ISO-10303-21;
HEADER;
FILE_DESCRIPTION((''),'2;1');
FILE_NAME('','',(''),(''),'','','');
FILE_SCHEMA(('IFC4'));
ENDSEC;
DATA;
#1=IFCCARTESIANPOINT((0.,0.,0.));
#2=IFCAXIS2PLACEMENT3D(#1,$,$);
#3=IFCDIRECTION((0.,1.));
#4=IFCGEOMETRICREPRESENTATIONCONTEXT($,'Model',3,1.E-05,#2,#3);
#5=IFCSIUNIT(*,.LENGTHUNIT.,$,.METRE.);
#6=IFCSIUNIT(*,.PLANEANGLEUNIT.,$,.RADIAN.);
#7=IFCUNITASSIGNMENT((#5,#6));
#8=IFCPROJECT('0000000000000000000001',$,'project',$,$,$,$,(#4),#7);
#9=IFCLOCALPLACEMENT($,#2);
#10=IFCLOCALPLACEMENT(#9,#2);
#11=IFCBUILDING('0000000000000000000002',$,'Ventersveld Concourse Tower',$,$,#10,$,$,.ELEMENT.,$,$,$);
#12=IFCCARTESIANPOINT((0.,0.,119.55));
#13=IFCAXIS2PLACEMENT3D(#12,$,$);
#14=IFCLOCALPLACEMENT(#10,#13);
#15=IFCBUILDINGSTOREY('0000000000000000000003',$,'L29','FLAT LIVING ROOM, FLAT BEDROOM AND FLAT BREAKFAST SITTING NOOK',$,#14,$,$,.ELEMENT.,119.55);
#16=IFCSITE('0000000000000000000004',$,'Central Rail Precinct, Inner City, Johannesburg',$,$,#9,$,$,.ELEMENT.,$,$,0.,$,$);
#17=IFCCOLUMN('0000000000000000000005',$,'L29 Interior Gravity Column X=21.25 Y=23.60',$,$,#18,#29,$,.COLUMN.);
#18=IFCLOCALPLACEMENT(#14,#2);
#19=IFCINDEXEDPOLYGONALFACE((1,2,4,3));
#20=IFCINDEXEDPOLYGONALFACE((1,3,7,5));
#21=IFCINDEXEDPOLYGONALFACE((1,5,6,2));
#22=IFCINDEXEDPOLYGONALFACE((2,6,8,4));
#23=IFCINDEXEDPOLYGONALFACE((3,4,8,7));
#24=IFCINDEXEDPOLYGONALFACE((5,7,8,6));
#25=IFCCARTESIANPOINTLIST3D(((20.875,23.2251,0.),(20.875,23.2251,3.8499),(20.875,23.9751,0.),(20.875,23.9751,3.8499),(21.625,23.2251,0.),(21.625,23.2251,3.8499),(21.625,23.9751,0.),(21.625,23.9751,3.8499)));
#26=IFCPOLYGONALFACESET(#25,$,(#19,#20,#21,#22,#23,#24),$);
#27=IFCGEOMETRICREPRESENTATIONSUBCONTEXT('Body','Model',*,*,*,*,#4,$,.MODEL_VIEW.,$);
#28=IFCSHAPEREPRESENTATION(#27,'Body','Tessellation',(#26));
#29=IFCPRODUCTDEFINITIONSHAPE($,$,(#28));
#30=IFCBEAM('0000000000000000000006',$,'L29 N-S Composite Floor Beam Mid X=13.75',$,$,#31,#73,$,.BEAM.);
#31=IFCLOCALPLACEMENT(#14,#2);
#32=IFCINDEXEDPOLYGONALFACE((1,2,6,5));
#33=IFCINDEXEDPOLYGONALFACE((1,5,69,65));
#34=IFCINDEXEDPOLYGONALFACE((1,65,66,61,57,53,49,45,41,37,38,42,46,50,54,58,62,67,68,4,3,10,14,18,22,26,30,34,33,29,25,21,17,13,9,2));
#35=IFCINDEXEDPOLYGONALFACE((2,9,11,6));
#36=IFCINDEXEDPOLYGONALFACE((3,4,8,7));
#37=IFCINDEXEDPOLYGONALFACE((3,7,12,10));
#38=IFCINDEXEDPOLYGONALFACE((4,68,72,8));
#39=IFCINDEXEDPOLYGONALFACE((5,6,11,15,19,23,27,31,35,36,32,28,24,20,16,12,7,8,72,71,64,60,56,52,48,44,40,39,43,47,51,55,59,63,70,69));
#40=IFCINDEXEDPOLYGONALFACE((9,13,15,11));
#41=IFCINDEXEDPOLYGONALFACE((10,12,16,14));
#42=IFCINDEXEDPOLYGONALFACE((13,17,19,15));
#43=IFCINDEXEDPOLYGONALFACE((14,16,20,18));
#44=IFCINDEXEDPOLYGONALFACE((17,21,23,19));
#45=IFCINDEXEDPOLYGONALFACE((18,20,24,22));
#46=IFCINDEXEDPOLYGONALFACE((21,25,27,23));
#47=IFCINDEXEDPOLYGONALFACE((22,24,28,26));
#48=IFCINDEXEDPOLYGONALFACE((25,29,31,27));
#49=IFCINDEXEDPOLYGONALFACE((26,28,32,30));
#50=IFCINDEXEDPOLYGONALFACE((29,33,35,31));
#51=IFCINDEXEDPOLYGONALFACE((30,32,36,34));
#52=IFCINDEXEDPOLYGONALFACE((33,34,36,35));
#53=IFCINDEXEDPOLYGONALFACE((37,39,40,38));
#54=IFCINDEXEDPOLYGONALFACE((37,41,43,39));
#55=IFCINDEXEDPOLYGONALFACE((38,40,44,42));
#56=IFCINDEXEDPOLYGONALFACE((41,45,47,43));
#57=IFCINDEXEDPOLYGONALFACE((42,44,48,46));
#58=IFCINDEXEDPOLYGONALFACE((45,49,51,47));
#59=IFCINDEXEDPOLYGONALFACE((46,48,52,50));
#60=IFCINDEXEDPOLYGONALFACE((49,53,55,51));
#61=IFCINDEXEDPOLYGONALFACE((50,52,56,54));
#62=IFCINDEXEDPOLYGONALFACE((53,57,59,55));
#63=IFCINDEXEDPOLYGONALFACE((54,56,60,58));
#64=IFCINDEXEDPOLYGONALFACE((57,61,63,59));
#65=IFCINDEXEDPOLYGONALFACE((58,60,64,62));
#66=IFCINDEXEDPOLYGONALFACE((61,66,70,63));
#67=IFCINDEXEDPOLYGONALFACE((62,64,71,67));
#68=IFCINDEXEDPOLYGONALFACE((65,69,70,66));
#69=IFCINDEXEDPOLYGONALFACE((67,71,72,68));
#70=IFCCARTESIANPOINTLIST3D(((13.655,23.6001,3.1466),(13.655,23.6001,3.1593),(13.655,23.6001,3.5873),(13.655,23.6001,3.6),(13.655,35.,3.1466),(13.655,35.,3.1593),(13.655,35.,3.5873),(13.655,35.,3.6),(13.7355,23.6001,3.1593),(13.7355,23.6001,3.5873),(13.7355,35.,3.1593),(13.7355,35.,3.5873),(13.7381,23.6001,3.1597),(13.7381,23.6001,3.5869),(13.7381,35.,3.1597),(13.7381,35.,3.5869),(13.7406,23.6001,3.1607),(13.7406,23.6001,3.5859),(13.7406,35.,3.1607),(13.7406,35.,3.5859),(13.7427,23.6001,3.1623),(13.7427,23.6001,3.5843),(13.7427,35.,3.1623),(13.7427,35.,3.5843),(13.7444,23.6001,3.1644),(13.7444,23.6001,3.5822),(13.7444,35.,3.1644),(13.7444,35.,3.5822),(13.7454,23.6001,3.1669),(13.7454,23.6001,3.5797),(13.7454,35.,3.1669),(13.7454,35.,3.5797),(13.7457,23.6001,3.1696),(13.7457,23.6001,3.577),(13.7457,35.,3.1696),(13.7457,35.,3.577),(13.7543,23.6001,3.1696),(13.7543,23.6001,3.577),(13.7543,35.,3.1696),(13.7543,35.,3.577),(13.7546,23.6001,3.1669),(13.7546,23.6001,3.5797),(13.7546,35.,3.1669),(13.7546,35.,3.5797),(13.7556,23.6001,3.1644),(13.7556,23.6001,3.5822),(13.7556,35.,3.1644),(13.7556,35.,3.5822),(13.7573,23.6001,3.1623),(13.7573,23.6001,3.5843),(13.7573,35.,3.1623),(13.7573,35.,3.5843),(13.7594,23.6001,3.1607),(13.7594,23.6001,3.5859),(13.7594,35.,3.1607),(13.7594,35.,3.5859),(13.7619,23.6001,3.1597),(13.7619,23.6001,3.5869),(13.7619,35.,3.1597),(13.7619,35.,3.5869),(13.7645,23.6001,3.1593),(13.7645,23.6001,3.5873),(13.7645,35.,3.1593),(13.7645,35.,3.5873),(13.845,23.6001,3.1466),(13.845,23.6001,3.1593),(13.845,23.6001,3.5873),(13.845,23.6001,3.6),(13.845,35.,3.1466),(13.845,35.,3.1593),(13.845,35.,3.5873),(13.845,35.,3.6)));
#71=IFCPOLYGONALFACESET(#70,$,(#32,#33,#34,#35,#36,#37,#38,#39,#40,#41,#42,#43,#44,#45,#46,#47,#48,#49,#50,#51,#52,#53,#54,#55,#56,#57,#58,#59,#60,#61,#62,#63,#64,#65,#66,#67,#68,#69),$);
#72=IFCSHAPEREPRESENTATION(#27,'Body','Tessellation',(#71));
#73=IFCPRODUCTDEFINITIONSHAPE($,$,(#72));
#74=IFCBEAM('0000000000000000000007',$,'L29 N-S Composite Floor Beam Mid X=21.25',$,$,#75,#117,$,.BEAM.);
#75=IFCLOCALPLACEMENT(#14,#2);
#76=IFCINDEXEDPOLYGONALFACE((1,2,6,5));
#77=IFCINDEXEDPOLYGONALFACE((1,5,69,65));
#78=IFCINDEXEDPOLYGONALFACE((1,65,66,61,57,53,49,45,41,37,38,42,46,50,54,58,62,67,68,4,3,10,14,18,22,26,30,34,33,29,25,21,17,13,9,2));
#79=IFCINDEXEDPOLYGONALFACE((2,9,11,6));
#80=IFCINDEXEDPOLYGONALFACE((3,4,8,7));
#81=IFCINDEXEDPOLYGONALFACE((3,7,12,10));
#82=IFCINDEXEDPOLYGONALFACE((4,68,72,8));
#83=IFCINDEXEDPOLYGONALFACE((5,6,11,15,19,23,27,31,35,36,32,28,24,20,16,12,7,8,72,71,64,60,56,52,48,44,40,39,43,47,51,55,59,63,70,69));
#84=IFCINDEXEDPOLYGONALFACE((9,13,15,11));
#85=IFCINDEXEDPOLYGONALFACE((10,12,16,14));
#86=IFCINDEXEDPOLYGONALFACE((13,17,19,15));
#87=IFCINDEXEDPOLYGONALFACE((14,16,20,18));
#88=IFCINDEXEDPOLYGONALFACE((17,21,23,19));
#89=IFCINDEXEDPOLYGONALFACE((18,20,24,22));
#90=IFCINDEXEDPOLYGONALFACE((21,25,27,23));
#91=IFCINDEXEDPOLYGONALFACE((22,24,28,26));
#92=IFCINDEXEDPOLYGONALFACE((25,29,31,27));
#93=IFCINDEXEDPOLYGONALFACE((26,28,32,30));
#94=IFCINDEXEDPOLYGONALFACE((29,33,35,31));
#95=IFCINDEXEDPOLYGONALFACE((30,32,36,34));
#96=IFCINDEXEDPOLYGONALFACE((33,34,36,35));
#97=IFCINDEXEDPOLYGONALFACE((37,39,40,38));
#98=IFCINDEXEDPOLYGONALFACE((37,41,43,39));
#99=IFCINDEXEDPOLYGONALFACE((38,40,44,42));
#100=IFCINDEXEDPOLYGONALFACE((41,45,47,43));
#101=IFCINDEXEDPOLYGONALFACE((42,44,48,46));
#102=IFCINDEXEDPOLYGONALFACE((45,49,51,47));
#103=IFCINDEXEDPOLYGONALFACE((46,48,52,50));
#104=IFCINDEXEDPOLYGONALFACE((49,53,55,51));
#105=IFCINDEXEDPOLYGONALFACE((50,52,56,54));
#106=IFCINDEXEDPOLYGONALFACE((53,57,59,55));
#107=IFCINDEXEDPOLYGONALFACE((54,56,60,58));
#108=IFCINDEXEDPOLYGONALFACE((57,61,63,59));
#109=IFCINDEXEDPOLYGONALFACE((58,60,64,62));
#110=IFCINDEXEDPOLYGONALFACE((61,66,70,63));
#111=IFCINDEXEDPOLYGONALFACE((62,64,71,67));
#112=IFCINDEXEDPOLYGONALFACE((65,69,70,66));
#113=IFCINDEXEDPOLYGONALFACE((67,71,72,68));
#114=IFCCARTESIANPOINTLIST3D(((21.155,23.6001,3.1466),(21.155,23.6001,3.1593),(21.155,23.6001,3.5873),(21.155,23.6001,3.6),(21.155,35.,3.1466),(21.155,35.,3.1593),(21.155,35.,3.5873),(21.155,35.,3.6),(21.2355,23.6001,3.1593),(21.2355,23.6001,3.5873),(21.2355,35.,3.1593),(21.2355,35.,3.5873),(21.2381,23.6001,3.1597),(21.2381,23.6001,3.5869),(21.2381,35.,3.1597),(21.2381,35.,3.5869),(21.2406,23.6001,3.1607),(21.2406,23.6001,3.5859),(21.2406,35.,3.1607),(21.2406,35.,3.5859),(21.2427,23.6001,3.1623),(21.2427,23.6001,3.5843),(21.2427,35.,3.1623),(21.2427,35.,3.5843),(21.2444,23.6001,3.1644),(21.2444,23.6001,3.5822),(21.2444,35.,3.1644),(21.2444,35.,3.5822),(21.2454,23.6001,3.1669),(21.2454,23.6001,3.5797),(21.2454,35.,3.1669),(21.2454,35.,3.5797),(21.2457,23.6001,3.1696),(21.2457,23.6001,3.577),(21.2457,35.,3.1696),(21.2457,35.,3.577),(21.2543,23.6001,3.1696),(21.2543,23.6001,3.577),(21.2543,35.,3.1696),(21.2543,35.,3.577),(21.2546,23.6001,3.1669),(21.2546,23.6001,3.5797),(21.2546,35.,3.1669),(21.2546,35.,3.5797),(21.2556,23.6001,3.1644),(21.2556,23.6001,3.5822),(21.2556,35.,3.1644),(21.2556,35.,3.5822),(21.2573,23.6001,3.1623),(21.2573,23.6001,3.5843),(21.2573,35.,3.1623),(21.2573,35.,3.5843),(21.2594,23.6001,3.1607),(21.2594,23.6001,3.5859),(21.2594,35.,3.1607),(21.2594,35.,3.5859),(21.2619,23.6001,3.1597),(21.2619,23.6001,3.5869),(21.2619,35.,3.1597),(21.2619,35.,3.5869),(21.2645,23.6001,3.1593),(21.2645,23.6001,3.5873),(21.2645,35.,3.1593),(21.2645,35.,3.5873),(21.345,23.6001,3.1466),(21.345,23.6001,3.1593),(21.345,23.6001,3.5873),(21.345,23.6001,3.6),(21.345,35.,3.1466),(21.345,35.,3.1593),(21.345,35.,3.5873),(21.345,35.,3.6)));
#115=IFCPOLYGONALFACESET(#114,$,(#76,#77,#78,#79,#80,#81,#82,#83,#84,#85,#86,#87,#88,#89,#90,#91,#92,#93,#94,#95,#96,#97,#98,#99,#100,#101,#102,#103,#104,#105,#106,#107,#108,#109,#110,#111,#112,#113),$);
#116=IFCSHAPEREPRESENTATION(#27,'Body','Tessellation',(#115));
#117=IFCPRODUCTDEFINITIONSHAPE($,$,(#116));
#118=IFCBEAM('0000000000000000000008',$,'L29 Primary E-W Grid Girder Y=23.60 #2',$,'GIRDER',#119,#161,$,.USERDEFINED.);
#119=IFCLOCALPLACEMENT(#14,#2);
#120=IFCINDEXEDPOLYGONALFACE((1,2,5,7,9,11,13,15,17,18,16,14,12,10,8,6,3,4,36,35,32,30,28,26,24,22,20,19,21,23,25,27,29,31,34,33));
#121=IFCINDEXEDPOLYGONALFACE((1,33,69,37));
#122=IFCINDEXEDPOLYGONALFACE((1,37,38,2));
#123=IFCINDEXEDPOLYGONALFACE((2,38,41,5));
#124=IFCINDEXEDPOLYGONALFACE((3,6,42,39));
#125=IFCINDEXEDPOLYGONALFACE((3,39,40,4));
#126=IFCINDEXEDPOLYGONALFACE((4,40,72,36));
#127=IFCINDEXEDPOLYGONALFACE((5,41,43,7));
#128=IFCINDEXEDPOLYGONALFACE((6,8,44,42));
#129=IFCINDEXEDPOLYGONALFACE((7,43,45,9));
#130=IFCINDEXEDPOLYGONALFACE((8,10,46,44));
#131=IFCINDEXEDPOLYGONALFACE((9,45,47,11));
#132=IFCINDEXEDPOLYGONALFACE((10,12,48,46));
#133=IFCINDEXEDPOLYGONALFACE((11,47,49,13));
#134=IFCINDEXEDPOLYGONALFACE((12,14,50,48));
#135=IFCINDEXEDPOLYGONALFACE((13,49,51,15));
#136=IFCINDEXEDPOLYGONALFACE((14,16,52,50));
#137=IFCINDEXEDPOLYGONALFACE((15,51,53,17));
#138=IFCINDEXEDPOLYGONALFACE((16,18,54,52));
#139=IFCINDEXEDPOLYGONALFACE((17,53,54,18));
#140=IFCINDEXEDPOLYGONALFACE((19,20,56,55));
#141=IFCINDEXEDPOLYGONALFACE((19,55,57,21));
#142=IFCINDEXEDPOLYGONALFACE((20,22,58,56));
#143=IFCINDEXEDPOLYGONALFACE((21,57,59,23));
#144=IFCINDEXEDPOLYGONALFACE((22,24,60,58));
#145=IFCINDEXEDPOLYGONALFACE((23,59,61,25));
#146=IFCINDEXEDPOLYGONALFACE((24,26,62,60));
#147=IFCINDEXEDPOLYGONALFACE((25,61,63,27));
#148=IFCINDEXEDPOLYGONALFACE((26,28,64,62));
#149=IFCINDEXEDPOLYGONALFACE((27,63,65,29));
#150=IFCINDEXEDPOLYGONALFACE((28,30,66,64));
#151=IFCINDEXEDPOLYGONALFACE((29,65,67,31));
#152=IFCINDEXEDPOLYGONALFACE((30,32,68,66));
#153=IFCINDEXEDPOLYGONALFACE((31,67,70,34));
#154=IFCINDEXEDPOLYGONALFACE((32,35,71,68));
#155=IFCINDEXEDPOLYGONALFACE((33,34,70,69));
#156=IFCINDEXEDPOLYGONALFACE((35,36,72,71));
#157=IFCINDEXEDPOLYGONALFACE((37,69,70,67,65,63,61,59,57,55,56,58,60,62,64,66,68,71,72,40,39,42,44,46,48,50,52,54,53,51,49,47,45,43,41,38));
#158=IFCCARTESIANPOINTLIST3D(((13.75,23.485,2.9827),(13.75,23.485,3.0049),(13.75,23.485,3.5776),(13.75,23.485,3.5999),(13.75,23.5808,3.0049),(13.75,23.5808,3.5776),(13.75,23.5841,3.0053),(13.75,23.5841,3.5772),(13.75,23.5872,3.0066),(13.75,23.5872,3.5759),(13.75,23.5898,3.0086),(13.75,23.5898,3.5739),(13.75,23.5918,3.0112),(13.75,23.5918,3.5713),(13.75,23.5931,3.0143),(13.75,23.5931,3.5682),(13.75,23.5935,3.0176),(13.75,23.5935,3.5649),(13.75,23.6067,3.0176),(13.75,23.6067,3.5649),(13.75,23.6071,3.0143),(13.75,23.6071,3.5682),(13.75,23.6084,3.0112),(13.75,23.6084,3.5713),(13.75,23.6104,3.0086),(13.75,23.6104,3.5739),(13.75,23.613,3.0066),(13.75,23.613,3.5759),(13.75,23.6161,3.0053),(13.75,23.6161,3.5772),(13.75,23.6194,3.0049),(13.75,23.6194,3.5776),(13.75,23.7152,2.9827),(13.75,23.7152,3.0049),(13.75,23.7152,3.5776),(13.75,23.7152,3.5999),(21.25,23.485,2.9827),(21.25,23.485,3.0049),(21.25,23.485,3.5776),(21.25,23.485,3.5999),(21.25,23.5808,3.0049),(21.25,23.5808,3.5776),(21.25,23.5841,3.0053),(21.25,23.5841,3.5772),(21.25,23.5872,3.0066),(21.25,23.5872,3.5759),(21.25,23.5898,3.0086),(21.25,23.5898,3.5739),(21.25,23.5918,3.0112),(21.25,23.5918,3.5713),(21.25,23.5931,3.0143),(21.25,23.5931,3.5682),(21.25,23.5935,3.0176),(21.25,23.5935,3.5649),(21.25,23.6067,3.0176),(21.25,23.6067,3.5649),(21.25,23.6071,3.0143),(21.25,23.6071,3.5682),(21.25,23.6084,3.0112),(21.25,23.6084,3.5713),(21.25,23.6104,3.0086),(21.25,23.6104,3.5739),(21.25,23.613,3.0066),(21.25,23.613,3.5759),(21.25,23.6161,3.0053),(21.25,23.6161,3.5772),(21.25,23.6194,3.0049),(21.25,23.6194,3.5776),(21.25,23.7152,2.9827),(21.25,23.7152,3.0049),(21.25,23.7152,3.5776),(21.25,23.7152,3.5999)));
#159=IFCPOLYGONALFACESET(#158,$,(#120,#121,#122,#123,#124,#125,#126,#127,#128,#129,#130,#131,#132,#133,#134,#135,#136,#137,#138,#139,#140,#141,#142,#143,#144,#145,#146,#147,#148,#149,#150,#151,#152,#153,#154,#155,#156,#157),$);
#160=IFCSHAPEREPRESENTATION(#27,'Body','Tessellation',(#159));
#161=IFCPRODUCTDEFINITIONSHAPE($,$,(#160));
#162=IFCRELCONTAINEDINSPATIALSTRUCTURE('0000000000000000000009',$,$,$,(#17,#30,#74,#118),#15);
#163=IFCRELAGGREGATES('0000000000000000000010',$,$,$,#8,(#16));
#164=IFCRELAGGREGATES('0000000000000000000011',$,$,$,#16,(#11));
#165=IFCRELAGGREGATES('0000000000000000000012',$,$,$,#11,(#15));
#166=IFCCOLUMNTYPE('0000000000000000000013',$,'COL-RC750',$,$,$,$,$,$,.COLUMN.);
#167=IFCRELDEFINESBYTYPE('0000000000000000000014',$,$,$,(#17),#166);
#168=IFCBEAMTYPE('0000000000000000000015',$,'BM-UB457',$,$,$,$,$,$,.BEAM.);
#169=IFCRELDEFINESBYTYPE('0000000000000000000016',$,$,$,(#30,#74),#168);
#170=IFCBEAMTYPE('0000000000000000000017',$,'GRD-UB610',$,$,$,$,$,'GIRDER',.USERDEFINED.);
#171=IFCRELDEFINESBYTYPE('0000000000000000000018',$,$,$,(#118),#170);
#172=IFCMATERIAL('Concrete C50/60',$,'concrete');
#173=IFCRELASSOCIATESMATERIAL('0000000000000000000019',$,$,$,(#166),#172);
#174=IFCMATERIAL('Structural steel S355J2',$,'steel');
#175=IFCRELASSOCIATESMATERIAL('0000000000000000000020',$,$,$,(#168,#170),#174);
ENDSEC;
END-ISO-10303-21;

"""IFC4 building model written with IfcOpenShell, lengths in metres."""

from ifc_helpers import new_model, si_unit, direction, frame, origin, origin_2d, place, context, subcontext, project, spatial, rectangle, i_section, extrude, material, material_profile, profile_set, type_object, element, save


model = new_model("IFC4")

# Units and contexts
model_context = context("Model", 3, precision=1e-05, world=origin(), true_north=direction((0.0, 1.0)))
body_context = subcontext(model_context, "Body", "Model", "MODEL_VIEW")
ifc_project = project(units=[si_unit("LENGTHUNIT", "METRE"), si_unit("PLANEANGLEUNIT", "RADIAN")], contexts=[model_context])

# Site, building, storey
site_placement = place(None, origin())
site = spatial("IfcSite", under=ifc_project, at=site_placement, Name="Central Rail Precinct, Inner City, Johannesburg", CompositionType="ELEMENT", RefElevation=0.0)
building_placement = place(site_placement, origin())
building = spatial("IfcBuilding", under=site, at=building_placement, Name="Ventersveld Concourse Tower", CompositionType="ELEMENT")
storey_placement = place(building_placement, frame((0.0, 0.0, 119.55)))
storey = spatial("IfcBuildingStorey", under=building, at=storey_placement, Name="L29", Description="FLAT LIVING ROOM, FLAT BEDROOM AND FLAT BREAKFAST SITTING NOOK", CompositionType="ELEMENT", Elevation=119.55)

# Column
ifc_material_1 = material(Name="Concrete C50/60", Category="concrete")
ifc_material_profile_1 = material_profile(ifc_material_1, rectangle(XDim=0.75, YDim=0.75, at=origin_2d()), Name="RC 750x750")
ifc_profile_set_1 = profile_set([ifc_material_profile_1], Name="Concrete C50/60")
column_type = type_object("IfcColumnType", Name="COL-RC750", PredefinedType="COLUMN", material=ifc_profile_set_1)
column_placement = place(storey_placement, frame((21.25, 23.6001, 0.0), z_axis=(0.0, 0.0, 1.0), x_axis=(1.0, 0.0, 0.0)))
element("IfcColumn", 1, at=column_placement, inside=storey, type_object=column_type, Name="L29 Interior Gravity Column X=21.25 Y=23.60", PredefinedType="COLUMN", context=body_context, shape_type="SweptSolid", body=[
    extrude(rectangle(XDim=0.75, YDim=0.75, at=origin_2d()), origin(), (0.0, 0.0, 1.0), 3.8499),
])

# Beams
ifc_material_2 = material(Name="Structural steel S355J2", Category="steel")
ifc_material_profile_2 = material_profile(ifc_material_2, i_section(OverallWidth=0.1899, OverallDepth=0.4534, WebThickness=0.0085, FlangeThickness=0.0127, FilletRadius=0.0103, at=origin_2d()), Name="UB 457x191x67")
ifc_profile_set_2 = profile_set([ifc_material_profile_2], Name="Structural steel S355J2")
beam_type_1 = type_object("IfcBeamType", Name="BM-UB457", PredefinedType="BEAM", material=ifc_profile_set_2)
for number, where, z_axis, x_axis, name in (
    (2, (13.75, 23.6001, 3.3733), (0.0, 1.0, 0.0), (-1.0, 0.0, 0.0), "L29 N-S Composite Floor Beam Mid X=13.75"),
    (3, (21.25, 23.6001, 3.3733), (0.0, 1.0, 0.0), (-1.0, 0.0, 0.0), "L29 N-S Composite Floor Beam Mid X=21.25"),
):
    element("IfcBeam", number, at=place(storey_placement, frame(where, z_axis=z_axis, x_axis=x_axis)), inside=storey, type_object=beam_type_1, Name=name, PredefinedType="BEAM", context=body_context, shape_type="SweptSolid", body=[
        extrude(i_section(OverallWidth=0.1899, OverallDepth=0.4534, WebThickness=0.0085, FlangeThickness=0.0127, FilletRadius=0.0103, at=origin_2d()), origin(), (0.0, 0.0, 1.0), 11.3999),
    ])
ifc_material_profile_3 = material_profile(ifc_material_2, i_section(OverallWidth=0.2302, OverallDepth=0.6172, WebThickness=0.0132, FlangeThickness=0.0222, FilletRadius=0.0127, at=origin_2d()), Name="UB 610x229x140")
ifc_profile_set_3 = profile_set([ifc_material_profile_3], Name="Structural steel S355J2")
beam_type_2 = type_object("IfcBeamType", Name="GRD-UB610", ElementType="GIRDER", PredefinedType="USERDEFINED", material=ifc_profile_set_3)
for number, where, z_axis, x_axis, name in (
    (4, (13.75, 23.6001, 3.2913), (1.0, 0.0, 0.0), (0.0, 1.0, 0.0), "L29 Primary E-W Grid Girder Y=23.60 #2"),
):
    element("IfcBeam", number, at=place(storey_placement, frame(where, z_axis=z_axis, x_axis=x_axis)), inside=storey, type_object=beam_type_2, Name=name, ObjectType="GIRDER", PredefinedType="USERDEFINED", context=body_context, shape_type="SweptSolid", body=[
        extrude(i_section(OverallWidth=0.2302, OverallDepth=0.6172, WebThickness=0.0132, FlangeThickness=0.0222, FilletRadius=0.0127, at=origin_2d()), origin(), (0.0, 0.0, 1.0), 7.5),
    ])

save(model, "model.ifc")
